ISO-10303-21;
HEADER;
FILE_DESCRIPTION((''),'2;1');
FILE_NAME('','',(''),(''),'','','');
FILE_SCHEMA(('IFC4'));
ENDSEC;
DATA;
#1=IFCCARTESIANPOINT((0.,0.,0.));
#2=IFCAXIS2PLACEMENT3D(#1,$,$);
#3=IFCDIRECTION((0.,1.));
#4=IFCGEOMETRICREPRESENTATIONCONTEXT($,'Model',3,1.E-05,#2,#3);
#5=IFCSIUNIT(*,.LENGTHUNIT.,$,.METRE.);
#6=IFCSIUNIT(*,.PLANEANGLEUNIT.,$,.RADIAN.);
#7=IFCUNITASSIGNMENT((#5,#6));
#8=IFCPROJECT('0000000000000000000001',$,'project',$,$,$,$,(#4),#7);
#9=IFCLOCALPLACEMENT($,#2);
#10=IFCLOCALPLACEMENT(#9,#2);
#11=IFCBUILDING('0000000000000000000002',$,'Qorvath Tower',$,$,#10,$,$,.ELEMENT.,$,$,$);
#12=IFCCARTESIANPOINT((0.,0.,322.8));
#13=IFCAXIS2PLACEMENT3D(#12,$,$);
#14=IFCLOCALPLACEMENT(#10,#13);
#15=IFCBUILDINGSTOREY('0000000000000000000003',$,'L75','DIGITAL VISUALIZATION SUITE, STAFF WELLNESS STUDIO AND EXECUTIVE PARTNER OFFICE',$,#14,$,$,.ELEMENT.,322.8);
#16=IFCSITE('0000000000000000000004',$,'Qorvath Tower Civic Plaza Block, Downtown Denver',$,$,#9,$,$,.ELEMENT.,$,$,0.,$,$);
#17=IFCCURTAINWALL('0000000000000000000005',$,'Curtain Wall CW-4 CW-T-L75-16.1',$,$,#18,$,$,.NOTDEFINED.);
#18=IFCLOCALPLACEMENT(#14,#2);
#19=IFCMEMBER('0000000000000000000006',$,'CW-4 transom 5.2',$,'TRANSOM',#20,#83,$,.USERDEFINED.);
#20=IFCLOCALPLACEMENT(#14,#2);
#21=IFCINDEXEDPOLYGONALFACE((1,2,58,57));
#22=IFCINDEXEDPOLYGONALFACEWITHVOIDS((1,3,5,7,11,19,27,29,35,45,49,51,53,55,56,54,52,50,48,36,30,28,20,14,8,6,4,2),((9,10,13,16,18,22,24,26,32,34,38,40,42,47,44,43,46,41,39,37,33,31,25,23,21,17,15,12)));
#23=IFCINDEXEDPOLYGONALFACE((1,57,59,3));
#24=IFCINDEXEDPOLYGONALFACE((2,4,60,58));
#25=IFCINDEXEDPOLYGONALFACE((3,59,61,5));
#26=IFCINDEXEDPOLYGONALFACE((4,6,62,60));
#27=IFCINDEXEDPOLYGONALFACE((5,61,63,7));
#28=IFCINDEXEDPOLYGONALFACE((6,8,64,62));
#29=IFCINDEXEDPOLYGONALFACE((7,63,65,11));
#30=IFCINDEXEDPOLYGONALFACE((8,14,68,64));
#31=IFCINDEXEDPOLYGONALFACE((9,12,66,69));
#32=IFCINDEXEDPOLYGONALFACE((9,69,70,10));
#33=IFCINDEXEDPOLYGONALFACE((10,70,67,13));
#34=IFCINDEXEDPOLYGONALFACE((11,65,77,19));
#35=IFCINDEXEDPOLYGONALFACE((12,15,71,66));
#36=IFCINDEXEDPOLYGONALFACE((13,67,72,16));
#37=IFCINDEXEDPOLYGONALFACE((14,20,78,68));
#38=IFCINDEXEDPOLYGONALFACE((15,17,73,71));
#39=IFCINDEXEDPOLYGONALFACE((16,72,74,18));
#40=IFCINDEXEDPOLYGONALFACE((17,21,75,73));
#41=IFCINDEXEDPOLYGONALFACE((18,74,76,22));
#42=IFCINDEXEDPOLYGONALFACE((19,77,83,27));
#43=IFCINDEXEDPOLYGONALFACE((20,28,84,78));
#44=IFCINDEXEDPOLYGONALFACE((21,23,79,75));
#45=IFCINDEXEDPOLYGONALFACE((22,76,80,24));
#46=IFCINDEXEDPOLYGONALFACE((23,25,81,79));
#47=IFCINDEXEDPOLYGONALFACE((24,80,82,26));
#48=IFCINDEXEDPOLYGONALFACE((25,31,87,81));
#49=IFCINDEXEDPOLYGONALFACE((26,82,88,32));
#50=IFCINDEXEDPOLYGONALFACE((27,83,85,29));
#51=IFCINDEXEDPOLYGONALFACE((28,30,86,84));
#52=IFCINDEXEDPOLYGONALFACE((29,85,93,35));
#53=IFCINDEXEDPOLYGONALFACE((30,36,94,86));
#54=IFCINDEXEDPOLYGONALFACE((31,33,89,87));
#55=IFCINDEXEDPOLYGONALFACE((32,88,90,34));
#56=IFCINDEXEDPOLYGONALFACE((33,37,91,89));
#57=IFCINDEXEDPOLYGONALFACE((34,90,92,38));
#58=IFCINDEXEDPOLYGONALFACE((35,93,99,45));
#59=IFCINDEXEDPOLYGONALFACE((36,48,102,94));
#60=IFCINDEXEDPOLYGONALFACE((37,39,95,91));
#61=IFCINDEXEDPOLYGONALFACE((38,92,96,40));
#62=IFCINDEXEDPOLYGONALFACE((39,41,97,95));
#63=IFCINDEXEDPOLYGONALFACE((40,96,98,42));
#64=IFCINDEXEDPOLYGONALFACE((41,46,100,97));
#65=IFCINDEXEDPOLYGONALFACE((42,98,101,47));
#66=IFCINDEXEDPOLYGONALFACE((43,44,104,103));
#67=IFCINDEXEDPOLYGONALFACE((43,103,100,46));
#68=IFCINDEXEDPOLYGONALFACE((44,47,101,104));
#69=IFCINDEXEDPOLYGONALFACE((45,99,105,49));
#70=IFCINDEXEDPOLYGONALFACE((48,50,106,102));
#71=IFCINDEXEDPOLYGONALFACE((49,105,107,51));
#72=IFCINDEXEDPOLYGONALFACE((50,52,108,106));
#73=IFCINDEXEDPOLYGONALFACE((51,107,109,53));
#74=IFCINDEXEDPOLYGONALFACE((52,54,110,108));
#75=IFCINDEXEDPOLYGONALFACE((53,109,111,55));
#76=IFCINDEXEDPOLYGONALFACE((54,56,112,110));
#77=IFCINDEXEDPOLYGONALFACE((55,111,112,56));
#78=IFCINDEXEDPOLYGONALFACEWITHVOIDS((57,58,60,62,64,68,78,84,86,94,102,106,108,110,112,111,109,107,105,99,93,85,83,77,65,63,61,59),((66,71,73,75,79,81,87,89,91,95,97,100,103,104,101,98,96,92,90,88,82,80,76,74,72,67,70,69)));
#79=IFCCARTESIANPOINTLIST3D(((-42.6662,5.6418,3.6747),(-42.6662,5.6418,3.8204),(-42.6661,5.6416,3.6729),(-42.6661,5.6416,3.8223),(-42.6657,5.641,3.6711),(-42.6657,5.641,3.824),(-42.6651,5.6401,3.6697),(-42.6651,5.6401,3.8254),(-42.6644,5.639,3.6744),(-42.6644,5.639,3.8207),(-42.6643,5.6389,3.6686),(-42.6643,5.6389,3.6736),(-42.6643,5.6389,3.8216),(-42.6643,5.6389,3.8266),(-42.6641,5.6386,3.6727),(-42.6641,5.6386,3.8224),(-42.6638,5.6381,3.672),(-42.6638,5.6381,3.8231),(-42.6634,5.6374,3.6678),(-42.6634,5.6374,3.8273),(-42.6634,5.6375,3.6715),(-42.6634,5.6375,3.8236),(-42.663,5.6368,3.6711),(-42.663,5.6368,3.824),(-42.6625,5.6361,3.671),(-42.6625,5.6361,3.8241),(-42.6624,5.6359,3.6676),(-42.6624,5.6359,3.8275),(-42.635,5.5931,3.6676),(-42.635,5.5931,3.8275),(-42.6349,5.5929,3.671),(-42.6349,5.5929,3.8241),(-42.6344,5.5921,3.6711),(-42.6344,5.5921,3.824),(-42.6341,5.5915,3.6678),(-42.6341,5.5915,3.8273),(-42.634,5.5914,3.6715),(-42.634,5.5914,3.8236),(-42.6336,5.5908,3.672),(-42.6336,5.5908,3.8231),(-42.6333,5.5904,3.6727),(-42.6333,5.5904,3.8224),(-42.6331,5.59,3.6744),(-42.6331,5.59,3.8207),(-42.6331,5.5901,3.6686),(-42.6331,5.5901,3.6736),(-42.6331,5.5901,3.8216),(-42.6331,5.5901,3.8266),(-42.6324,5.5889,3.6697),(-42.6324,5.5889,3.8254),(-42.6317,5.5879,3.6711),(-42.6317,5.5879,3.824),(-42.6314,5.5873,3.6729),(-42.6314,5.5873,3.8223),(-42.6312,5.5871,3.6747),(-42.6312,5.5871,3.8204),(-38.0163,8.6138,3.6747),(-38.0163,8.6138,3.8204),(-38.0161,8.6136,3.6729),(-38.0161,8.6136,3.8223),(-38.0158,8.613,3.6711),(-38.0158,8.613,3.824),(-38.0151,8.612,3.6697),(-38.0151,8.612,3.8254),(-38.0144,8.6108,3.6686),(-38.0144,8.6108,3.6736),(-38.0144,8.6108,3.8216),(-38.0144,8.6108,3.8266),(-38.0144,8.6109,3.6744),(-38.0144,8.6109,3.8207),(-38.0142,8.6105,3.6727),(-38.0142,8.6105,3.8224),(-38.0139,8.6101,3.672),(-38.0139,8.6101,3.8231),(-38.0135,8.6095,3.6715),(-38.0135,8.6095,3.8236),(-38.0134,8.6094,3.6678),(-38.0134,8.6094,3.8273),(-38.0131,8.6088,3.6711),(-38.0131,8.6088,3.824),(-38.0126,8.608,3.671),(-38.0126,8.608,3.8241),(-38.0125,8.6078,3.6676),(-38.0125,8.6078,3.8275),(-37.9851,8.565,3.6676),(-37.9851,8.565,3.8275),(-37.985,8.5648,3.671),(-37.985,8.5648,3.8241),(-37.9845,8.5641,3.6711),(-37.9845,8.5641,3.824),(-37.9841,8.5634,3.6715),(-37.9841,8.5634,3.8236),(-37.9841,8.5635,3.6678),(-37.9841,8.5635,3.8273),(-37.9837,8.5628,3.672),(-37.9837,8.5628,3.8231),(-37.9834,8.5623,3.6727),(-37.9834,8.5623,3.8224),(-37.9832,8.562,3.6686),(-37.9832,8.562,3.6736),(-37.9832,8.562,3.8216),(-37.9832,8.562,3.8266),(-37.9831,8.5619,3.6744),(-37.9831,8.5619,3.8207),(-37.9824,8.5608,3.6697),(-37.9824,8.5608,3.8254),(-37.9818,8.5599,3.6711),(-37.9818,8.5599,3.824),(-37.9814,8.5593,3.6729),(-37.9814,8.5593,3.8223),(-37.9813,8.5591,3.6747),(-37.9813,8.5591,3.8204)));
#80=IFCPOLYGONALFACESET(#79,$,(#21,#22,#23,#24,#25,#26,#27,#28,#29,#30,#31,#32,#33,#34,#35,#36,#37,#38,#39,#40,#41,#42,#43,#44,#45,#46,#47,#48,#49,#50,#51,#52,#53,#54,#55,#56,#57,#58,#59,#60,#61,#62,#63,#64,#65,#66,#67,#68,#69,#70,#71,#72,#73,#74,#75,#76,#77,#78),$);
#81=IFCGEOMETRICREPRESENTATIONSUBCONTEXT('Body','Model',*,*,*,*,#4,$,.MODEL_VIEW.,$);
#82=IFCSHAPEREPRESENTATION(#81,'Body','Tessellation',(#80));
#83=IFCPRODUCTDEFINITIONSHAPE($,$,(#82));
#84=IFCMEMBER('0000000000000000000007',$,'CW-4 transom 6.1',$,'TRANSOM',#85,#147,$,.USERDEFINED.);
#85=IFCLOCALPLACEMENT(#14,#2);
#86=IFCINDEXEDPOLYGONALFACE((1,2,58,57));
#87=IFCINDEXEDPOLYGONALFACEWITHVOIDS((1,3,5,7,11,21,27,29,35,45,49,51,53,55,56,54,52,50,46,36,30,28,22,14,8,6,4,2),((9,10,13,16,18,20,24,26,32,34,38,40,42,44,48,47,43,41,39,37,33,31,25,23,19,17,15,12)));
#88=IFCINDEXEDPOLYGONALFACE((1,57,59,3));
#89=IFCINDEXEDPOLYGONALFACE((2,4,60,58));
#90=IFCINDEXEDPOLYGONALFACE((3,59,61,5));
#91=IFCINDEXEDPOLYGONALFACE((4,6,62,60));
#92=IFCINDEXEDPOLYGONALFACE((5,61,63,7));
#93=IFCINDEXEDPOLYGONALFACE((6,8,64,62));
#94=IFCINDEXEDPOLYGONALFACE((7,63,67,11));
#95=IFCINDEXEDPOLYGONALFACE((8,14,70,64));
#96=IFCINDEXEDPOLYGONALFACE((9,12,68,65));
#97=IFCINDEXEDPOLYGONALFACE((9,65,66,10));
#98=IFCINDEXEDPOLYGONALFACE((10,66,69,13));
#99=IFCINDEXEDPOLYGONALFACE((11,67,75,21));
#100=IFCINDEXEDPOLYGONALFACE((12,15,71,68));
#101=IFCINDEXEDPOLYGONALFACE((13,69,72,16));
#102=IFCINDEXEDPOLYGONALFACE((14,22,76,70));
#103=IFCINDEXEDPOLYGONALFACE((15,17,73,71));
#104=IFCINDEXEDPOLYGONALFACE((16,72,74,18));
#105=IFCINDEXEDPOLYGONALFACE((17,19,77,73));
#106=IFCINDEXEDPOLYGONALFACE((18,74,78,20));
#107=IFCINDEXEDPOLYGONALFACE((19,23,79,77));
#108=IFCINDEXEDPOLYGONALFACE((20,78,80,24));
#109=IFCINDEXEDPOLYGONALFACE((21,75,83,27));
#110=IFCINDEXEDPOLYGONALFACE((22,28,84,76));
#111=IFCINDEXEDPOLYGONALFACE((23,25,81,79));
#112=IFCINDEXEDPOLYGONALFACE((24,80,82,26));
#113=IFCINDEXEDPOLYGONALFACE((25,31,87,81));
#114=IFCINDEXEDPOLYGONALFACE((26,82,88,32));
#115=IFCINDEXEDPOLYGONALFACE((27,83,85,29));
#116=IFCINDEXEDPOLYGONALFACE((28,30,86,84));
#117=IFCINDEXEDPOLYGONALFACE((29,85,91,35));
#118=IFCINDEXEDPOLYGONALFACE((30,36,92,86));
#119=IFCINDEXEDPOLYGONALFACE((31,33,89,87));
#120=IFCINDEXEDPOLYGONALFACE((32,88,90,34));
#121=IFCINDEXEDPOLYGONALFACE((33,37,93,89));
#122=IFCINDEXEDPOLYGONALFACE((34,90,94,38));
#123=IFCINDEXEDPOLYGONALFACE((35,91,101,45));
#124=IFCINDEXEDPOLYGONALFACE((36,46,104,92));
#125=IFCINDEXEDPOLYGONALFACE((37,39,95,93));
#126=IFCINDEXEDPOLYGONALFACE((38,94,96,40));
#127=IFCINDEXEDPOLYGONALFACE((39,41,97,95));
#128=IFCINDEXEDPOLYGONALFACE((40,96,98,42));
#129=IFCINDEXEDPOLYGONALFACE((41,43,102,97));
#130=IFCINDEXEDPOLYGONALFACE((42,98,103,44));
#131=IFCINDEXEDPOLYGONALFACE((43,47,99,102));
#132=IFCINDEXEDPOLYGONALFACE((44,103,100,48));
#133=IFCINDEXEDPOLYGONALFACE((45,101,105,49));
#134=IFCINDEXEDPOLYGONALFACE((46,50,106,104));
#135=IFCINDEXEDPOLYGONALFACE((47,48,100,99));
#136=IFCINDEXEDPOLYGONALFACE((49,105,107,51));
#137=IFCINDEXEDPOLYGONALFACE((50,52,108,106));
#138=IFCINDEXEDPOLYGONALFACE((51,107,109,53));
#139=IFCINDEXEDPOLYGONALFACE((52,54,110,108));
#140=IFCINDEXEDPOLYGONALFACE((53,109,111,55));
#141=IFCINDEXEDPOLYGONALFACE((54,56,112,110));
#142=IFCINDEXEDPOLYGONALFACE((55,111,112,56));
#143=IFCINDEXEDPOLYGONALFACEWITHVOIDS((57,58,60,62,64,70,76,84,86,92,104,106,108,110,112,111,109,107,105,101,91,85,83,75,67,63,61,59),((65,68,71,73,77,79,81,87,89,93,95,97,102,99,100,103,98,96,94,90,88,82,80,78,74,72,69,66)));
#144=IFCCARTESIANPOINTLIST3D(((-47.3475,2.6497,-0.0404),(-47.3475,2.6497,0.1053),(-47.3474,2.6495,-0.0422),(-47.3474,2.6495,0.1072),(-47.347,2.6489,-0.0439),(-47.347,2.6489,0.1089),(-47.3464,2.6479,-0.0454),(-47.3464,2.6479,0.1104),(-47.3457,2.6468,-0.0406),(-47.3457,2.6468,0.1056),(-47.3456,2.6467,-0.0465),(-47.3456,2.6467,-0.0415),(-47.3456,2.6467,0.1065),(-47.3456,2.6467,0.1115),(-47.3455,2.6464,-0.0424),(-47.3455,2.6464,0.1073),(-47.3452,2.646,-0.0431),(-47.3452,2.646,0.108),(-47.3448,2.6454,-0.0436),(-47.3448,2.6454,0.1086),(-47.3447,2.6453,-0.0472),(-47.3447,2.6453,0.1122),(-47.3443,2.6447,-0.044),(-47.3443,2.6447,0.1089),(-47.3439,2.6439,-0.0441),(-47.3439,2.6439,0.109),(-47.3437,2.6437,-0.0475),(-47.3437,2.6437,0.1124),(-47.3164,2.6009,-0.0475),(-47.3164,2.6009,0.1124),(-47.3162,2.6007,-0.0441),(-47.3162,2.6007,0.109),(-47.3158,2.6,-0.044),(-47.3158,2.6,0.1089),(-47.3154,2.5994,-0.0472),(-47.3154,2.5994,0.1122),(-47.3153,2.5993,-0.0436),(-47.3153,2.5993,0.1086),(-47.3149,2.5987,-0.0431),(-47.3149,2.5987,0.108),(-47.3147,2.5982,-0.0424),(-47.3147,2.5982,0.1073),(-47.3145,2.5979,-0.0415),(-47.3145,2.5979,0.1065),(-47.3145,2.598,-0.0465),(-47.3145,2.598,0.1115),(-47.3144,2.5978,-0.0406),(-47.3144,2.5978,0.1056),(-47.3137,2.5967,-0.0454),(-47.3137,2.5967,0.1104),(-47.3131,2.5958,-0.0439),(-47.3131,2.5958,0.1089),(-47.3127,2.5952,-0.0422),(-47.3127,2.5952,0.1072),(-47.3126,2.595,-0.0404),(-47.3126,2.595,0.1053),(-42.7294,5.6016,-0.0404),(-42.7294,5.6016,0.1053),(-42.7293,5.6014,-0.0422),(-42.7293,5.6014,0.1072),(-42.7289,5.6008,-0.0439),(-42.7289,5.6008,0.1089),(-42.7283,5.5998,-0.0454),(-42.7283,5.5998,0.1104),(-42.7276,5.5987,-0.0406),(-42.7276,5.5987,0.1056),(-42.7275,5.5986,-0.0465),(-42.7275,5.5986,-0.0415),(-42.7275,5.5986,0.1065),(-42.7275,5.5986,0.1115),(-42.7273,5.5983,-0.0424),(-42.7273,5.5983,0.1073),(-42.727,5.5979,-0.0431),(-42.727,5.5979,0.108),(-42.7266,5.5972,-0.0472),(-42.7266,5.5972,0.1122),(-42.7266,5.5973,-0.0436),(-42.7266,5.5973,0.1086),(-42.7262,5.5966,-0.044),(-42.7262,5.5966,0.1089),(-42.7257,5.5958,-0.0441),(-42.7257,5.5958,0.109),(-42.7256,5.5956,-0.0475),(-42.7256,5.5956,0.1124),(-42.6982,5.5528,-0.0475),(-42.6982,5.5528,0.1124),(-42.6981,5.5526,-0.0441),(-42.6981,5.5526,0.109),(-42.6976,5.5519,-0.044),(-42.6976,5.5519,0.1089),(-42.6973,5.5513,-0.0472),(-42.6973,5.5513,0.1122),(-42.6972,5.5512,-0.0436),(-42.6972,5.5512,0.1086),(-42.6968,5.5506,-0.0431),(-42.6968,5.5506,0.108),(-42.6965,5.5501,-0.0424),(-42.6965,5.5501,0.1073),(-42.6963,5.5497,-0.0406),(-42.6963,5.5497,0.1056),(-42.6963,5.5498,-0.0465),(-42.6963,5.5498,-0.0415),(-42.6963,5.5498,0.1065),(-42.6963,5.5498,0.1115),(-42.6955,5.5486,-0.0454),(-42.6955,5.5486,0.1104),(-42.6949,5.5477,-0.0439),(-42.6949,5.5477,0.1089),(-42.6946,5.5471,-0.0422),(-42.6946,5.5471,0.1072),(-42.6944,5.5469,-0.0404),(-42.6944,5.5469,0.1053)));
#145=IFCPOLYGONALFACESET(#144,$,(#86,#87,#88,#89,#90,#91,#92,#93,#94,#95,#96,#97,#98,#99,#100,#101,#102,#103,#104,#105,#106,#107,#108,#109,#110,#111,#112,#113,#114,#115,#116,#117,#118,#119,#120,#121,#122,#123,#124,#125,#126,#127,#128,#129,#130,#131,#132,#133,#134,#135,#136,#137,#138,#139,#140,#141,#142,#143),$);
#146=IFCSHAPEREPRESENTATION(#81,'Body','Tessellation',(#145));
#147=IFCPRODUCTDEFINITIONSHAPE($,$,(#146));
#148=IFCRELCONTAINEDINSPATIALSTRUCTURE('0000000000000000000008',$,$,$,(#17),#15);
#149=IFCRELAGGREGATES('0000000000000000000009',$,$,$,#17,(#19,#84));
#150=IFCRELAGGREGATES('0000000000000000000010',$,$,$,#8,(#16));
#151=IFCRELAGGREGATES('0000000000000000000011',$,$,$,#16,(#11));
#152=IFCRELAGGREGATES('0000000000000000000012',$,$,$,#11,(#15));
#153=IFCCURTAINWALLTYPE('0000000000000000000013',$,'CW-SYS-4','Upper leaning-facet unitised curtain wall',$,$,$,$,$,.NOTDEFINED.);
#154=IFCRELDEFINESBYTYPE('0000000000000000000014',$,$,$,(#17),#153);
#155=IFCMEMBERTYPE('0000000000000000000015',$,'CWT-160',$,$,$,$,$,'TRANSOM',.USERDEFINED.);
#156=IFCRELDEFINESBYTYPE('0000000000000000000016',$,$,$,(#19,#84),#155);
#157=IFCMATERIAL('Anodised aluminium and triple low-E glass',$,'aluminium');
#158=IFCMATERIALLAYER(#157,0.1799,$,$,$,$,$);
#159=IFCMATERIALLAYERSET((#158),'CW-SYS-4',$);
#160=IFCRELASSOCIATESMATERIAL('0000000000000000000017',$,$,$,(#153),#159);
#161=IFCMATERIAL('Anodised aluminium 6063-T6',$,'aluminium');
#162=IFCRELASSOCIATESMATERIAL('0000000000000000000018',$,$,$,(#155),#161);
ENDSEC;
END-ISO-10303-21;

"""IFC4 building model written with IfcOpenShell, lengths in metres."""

from ifc_helpers import new_model, si_unit, direction, frame, origin, origin_2d, place, context, subcontext, project, spatial, hollow_rectangle, extrude, material, layer, layer_set, material_profile, profile_set, type_object, element, aggregate, save


model = new_model("IFC4")

# Units and contexts
model_context = context("Model", 3, precision=1e-05, world=origin(), true_north=direction((0.0, 1.0)))
body_context = subcontext(model_context, "Body", "Model", "MODEL_VIEW")
ifc_project = project(units=[si_unit("LENGTHUNIT", "METRE"), si_unit("PLANEANGLEUNIT", "RADIAN")], contexts=[model_context])

# Site, building, storey
site_placement = place(None, origin())
site = spatial("IfcSite", under=ifc_project, at=site_placement, Name="Qorvath Tower Civic Plaza Block, Downtown Denver", CompositionType="ELEMENT", RefElevation=0.0)
building_placement = place(site_placement, origin())
building = spatial("IfcBuilding", under=site, at=building_placement, Name="Qorvath Tower", CompositionType="ELEMENT")
storey_placement = place(building_placement, frame((0.0, 0.0, 322.8)))
storey = spatial("IfcBuildingStorey", under=building, at=storey_placement, Name="L75", Description="DIGITAL VISUALIZATION SUITE, STAFF WELLNESS STUDIO AND EXECUTIVE PARTNER OFFICE", CompositionType="ELEMENT", Elevation=322.8)

# Curtain wall, members
ifc_material_1 = material(Name="Anodised aluminium and triple low-E glass", Category="aluminium")
ifc_layer_1 = layer(ifc_material_1, 0.1799)
ifc_layer_set_1 = layer_set([ifc_layer_1], Name="CW-SYS-4")
curtain_wall_type = type_object("IfcCurtainWallType", Name="CW-SYS-4", Description="Upper leaning-facet unitised curtain wall", PredefinedType="NOTDEFINED", material=ifc_layer_set_1)
curtain_wall_placement = place(storey_placement, origin())
curtain_wall = element("IfcCurtainWall", 1, at=curtain_wall_placement, inside=storey, type_object=curtain_wall_type, Name="Curtain Wall CW-4 CW-T-L75-16.1", PredefinedType="NOTDEFINED")
ifc_material_2 = material(Name="Anodised aluminium 6063-T6", Category="aluminium")
ifc_material_profile_1 = material_profile(ifc_material_2, hollow_rectangle(XDim=0.0649, YDim=0.1599, WallThickness=0.0034, InnerFilletRadius=0.0034, OuterFilletRadius=0.0071, at=origin_2d()), Name="CWT 160x65")
ifc_profile_set_1 = profile_set([ifc_material_profile_1], Name="Anodised aluminium 6063-T6")
member_type_1 = type_object("IfcMemberType", Name="CWT-160", ElementType="TRANSOM", PredefinedType="USERDEFINED", material=ifc_profile_set_1)
member_1_placement = place(storey_placement, frame((-37.9988, 8.5864, 3.7476), z_axis=(-0.842601, -0.538538, 0.0), x_axis=(0.538538, -0.842601, 0.0)))
member_1 = element("IfcMember", 2, at=member_1_placement, type_object=member_type_1, Name="CW-4 transom 5.2", ObjectType="TRANSOM", PredefinedType="USERDEFINED", context=body_context, shape_type="SweptSolid", body=[
    extrude(hollow_rectangle(XDim=0.0649, YDim=0.1599, WallThickness=0.0034, InnerFilletRadius=0.0034, OuterFilletRadius=0.0071, at=origin_2d()), origin(), (0.0, 0.0, 1.0), 5.5186),
])
member_2_placement = place(storey_placement, frame((-42.7119, 5.5742, 0.0325), z_axis=(-0.842579, -0.538572, 0.0), x_axis=(0.538572, -0.842579, 0.0)))
member_2 = element("IfcMember", 3, at=member_2_placement, type_object=member_type_1, Name="CW-4 transom 6.1", ObjectType="TRANSOM", PredefinedType="USERDEFINED", context=body_context, shape_type="SweptSolid", body=[
    extrude(hollow_rectangle(XDim=0.0649, YDim=0.1599, WallThickness=0.0034, InnerFilletRadius=0.0034, OuterFilletRadius=0.0071, at=origin_2d()), origin(), (0.0, 0.0, 1.0), 5.481),
])
aggregate(curtain_wall, [member_1, member_2])

save(model, "model.ifc")
